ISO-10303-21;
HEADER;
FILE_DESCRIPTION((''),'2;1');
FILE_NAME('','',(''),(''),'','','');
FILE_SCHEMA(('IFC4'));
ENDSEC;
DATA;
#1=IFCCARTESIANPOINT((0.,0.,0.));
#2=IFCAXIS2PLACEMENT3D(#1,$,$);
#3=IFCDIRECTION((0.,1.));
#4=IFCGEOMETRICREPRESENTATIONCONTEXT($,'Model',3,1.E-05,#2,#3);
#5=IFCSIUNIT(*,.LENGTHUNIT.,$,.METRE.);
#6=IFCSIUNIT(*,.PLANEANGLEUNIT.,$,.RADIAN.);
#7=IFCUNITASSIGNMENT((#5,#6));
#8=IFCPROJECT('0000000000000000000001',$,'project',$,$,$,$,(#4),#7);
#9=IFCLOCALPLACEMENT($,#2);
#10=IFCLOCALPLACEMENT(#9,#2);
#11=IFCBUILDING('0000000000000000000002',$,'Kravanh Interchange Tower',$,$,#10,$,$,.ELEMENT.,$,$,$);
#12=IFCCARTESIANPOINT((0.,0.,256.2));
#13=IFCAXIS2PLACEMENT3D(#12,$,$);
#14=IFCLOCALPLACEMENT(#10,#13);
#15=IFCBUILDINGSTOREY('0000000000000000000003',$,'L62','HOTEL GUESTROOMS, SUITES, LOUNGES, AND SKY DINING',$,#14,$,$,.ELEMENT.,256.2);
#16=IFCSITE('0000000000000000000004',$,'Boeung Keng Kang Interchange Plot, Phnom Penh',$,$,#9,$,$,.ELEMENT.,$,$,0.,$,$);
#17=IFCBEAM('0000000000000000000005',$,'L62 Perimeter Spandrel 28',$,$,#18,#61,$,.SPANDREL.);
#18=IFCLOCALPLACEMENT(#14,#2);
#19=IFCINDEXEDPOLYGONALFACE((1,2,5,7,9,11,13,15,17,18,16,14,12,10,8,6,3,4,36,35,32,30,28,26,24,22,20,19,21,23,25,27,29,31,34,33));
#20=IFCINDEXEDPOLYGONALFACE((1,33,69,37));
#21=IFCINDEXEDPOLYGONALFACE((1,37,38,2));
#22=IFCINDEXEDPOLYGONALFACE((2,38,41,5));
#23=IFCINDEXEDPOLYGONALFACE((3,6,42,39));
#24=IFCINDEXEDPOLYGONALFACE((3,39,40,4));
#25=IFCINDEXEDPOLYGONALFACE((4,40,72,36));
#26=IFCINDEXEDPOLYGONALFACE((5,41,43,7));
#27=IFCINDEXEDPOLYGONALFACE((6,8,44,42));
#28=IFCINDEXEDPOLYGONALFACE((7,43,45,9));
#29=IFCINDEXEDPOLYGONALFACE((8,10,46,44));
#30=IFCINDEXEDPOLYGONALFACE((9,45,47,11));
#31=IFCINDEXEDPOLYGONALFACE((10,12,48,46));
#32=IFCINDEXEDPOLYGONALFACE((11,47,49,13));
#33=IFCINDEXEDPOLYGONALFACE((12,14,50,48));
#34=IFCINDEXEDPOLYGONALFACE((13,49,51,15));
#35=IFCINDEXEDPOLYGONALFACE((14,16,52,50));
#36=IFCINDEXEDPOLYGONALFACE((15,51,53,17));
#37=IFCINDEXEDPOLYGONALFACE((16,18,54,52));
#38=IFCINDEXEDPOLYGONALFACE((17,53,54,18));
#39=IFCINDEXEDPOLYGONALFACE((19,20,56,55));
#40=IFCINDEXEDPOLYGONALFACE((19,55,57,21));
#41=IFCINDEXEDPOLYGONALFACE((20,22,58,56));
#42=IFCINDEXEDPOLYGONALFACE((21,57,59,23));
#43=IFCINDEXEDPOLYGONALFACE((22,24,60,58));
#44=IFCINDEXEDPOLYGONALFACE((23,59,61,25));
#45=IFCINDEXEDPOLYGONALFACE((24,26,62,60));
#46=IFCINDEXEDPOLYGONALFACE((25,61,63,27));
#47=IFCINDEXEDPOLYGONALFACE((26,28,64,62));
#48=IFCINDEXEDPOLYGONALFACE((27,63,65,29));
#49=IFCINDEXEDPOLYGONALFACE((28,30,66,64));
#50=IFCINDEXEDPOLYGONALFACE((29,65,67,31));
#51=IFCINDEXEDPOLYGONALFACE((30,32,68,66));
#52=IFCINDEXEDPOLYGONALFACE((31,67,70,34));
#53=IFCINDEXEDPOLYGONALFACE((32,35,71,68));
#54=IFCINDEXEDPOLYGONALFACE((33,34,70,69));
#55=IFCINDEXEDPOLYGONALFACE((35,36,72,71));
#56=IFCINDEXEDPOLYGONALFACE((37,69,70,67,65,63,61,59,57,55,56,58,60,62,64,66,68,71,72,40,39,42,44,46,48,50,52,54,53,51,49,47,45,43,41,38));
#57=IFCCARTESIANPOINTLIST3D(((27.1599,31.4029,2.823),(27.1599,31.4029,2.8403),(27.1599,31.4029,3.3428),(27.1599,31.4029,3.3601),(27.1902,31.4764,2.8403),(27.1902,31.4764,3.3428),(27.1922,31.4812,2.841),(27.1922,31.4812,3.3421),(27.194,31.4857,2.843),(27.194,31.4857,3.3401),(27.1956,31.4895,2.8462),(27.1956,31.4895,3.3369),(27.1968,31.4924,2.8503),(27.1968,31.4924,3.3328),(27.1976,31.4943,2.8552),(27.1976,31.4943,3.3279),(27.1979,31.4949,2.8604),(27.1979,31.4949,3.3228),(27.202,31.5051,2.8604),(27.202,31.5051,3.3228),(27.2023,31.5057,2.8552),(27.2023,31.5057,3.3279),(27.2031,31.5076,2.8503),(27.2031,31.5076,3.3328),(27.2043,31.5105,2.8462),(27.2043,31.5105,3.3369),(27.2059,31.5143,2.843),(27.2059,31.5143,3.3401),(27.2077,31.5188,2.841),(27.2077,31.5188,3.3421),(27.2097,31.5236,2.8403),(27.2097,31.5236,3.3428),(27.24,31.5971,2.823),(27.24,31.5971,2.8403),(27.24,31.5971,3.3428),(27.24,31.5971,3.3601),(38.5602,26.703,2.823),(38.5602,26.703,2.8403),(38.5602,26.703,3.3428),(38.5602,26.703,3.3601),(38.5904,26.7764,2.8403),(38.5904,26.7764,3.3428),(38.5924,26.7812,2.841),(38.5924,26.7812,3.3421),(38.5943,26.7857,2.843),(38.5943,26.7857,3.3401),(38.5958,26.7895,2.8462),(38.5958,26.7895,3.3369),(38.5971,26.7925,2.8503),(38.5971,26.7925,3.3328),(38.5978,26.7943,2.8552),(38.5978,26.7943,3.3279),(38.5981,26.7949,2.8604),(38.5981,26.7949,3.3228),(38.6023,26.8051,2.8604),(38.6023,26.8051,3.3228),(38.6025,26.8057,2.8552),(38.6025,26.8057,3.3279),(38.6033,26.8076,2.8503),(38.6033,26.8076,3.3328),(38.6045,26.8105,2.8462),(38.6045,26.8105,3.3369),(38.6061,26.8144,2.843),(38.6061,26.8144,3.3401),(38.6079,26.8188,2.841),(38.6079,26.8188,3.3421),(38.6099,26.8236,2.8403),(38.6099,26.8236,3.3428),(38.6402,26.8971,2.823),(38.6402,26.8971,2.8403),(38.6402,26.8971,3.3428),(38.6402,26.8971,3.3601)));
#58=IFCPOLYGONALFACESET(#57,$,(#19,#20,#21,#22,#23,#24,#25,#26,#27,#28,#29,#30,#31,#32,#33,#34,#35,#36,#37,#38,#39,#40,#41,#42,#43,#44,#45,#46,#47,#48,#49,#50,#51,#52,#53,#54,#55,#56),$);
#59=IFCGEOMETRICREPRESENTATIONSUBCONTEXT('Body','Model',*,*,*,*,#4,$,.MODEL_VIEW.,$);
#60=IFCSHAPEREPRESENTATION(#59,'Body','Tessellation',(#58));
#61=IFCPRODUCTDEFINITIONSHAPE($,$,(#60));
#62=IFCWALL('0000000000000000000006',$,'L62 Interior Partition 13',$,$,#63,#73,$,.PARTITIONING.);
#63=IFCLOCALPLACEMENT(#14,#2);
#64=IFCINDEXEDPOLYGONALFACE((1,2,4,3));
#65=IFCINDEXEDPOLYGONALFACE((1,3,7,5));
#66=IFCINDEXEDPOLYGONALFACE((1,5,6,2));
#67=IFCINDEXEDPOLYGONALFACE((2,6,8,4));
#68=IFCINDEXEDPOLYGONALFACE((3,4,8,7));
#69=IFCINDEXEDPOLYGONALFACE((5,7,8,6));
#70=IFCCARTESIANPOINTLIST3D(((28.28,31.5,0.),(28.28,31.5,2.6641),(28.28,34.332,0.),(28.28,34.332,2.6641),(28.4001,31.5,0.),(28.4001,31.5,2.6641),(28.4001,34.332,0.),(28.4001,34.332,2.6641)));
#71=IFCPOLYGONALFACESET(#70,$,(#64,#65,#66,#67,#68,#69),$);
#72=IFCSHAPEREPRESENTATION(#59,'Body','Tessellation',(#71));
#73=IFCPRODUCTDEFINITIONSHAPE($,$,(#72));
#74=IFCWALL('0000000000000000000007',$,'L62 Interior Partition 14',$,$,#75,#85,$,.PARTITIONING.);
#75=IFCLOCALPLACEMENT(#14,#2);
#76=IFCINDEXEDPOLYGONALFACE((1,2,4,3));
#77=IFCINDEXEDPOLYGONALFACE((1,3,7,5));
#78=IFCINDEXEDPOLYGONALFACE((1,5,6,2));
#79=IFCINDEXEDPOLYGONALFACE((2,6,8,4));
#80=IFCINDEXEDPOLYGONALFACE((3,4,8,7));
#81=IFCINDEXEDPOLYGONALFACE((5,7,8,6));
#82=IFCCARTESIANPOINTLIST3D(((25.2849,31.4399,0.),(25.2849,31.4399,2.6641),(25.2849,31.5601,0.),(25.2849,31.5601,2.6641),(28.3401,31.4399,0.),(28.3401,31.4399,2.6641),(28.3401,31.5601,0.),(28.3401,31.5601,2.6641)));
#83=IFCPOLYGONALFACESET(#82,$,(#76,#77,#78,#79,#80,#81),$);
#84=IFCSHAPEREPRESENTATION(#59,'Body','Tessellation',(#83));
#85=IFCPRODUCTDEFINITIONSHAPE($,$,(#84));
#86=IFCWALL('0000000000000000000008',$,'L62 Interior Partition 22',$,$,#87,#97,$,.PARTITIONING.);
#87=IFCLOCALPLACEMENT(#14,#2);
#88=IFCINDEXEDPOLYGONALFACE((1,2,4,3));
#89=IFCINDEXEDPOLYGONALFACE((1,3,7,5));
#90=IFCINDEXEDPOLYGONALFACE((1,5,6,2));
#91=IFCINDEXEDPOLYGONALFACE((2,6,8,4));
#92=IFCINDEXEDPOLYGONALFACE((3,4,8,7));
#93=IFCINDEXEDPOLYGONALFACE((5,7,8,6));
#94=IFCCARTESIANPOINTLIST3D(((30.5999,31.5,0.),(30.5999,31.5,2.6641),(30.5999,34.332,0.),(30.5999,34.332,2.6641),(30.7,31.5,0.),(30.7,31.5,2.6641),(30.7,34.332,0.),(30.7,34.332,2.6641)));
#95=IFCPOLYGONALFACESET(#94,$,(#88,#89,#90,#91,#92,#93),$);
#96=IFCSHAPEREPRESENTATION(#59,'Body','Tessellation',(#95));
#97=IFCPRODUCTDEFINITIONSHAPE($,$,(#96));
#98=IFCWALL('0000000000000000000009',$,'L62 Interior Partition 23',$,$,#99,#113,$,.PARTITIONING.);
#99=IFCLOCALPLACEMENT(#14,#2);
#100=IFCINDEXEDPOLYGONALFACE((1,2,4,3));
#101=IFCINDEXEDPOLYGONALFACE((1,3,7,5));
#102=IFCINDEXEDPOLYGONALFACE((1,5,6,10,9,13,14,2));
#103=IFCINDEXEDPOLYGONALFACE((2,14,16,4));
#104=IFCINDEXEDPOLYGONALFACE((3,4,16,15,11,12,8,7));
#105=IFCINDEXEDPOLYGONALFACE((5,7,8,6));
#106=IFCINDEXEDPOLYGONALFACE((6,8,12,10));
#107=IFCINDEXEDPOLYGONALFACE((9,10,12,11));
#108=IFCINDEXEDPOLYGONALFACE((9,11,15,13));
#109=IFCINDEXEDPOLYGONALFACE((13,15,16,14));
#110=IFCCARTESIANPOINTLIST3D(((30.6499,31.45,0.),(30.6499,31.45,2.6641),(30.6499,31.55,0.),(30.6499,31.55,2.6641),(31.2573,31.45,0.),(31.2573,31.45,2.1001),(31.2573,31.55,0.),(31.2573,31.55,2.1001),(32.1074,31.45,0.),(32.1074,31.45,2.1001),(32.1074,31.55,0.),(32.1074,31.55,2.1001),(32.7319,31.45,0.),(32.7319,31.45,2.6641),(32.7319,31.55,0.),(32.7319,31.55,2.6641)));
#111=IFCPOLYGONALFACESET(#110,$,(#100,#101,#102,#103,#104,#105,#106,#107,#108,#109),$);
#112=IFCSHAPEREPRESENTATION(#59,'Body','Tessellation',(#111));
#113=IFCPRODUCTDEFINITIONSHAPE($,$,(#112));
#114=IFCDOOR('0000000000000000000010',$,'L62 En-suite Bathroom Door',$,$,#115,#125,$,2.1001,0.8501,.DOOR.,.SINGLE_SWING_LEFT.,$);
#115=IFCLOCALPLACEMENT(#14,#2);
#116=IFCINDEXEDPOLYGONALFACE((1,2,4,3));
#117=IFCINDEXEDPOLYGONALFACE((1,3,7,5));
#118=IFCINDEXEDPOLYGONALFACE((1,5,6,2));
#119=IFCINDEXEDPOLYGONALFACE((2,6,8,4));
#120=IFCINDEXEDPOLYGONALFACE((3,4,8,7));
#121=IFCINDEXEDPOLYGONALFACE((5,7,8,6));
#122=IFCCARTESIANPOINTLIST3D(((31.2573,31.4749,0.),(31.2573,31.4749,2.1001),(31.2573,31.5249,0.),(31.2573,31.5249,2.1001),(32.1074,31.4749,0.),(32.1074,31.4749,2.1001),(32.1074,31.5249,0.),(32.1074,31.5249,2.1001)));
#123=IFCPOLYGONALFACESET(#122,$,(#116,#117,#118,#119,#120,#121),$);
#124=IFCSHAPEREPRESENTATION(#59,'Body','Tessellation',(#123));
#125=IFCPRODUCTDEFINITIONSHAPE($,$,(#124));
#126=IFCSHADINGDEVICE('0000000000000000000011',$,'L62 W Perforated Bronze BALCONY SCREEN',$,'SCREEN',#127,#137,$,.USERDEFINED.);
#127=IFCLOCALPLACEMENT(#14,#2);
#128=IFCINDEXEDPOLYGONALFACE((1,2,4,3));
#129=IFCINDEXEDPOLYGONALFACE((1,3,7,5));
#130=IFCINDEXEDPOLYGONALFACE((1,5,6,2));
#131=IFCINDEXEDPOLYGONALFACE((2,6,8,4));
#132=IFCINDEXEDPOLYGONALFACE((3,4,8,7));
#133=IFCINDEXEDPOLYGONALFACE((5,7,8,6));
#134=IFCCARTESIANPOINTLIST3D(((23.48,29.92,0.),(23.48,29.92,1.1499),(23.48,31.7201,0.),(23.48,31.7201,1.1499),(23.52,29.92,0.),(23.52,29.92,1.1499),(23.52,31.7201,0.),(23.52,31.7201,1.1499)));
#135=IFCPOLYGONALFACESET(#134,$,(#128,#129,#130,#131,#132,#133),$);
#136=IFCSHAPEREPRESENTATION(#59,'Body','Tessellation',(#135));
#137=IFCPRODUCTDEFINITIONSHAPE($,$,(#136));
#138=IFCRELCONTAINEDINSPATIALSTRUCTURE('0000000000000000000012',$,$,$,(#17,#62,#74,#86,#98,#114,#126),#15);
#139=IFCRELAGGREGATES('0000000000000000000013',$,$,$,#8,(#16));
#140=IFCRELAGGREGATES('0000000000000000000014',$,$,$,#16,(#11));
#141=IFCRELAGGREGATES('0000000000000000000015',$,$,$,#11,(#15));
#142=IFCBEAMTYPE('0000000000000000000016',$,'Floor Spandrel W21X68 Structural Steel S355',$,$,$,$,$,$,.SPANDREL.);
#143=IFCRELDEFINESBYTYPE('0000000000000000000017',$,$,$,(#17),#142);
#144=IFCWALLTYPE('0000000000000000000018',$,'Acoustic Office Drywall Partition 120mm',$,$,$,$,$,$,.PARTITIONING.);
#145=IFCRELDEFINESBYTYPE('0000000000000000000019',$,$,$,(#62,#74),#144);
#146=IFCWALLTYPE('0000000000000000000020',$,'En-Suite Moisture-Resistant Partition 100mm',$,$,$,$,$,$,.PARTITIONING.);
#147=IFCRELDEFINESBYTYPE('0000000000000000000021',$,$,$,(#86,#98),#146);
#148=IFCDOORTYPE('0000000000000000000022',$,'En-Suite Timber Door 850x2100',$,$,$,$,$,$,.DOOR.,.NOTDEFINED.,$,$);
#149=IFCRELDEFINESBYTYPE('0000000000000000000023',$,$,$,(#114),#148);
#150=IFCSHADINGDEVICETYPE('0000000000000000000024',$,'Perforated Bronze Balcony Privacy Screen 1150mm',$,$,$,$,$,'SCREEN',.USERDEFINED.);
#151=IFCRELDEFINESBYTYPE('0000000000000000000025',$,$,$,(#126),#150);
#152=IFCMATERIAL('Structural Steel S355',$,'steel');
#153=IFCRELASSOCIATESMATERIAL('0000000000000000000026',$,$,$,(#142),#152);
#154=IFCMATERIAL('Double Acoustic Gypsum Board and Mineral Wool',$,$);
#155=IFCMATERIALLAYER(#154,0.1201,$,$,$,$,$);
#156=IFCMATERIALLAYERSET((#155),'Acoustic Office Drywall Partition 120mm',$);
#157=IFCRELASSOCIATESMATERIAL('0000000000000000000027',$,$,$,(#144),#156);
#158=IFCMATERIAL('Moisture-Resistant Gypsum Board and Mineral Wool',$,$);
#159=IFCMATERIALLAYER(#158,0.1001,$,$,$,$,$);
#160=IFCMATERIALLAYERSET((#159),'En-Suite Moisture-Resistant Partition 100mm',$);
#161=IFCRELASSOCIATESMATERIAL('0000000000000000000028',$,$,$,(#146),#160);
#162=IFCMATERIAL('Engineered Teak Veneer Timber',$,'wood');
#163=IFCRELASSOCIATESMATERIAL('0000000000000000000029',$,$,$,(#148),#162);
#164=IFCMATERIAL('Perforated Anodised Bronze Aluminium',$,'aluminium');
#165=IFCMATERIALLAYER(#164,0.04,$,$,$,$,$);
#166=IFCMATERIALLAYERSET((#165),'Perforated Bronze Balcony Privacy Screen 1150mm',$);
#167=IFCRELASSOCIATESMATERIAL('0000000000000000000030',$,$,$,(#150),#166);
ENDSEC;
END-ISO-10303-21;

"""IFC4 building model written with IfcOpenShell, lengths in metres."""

from ifc_helpers import new_model, si_unit, direction, frame, frame_2d, origin, origin_2d, place, context, subcontext, project, spatial, rectangle, i_section, extrude, material, layer, layer_set, material_profile, profile_set, type_object, element, fill, save


model = new_model("IFC4")

# Units and contexts
model_context = context("Model", 3, precision=1e-05, world=origin(), true_north=direction((0.0, 1.0)))
body_context = subcontext(model_context, "Body", "Model", "MODEL_VIEW")
ifc_project = project(units=[si_unit("LENGTHUNIT", "METRE"), si_unit("PLANEANGLEUNIT", "RADIAN")], contexts=[model_context])

# Site, building, storey
site_placement = place(None, origin())
site = spatial("IfcSite", under=ifc_project, at=site_placement, Name="Boeung Keng Kang Interchange Plot, Phnom Penh", CompositionType="ELEMENT", RefElevation=0.0)
building_placement = place(site_placement, origin())
building = spatial("IfcBuilding", under=site, at=building_placement, Name="Kravanh Interchange Tower", CompositionType="ELEMENT")
storey_placement = place(building_placement, frame((0.0, 0.0, 256.2)))
storey = spatial("IfcBuildingStorey", under=building, at=storey_placement, Name="L62", Description="HOTEL GUESTROOMS, SUITES, LOUNGES, AND SKY DINING", CompositionType="ELEMENT", Elevation=256.2)

# Beam
ifc_material_1 = material(Name="Structural Steel S355", Category="steel")
ifc_material_profile_1 = material_profile(ifc_material_1, i_section(OverallWidth=0.21, OverallDepth=0.5371, WebThickness=0.011, FlangeThickness=0.0173, FilletRadius=0.02, at=origin_2d()), Name="W21X68")
ifc_profile_set_1 = profile_set([ifc_material_profile_1], Name="Structural Steel S355")
beam_type_1 = type_object("IfcBeamType", Name="Floor Spandrel W21X68 Structural Steel S355", PredefinedType="SPANDREL", material=ifc_profile_set_1)
beam_1_placement = place(storey_placement, frame((27.2, 31.5, 3.0916), z_axis=(0.924513, -0.38115, 0.0), x_axis=(0.38115, 0.924513, 0.0)))
element("IfcBeam", 1, at=beam_1_placement, inside=storey, type_object=beam_type_1, Name="L62 Perimeter Spandrel 28", PredefinedType="SPANDREL", context=body_context, shape_type="SweptSolid", body=[
    extrude(i_section(OverallWidth=0.21, OverallDepth=0.5371, WebThickness=0.011, FlangeThickness=0.0173, FilletRadius=0.02, at=origin_2d()), origin(), (0.0, 0.0, 1.0), 12.3311),
])

# Walls
ifc_material_2 = material(Name="Double Acoustic Gypsum Board and Mineral Wool")
ifc_layer_1 = layer(ifc_material_2, 0.1201)
ifc_layer_set_1 = layer_set([ifc_layer_1], Name="Acoustic Office Drywall Partition 120mm")
wall_type_1 = type_object("IfcWallType", Name="Acoustic Office Drywall Partition 120mm", PredefinedType="PARTITIONING", material=ifc_layer_set_1)
wall_1_placement = place(storey_placement, frame((28.3401, 31.5, 0.0), z_axis=(0.0, 0.0, 1.0), x_axis=(0.0, 1.0, 0.0)))
element("IfcWall", 2, at=wall_1_placement, inside=storey, type_object=wall_type_1, Name="L62 Interior Partition 13", PredefinedType="PARTITIONING", context=body_context, shape_type="SweptSolid", body=[
    extrude(rectangle(XDim=2.832, YDim=0.1201, at=frame_2d((1.416, 0.0))), origin(), (0.0, 0.0, 1.0), 2.6641),
])
wall_2_placement = place(storey_placement, frame((25.2849, 31.5, 0.0), z_axis=(0.0, 0.0, 1.0), x_axis=(1.0, 0.0, 0.0)))
element("IfcWall", 3, at=wall_2_placement, inside=storey, type_object=wall_type_1, Name="L62 Interior Partition 14", PredefinedType="PARTITIONING", context=body_context, shape_type="SweptSolid", body=[
    extrude(rectangle(XDim=3.0552, YDim=0.1201, at=frame_2d((1.5276, 0.0))), origin(), (0.0, 0.0, 1.0), 2.6641),
])
ifc_material_3 = material(Name="Moisture-Resistant Gypsum Board and Mineral Wool")
ifc_layer_2 = layer(ifc_material_3, 0.1001)
ifc_layer_set_2 = layer_set([ifc_layer_2], Name="En-Suite Moisture-Resistant Partition 100mm")
wall_type_2 = type_object("IfcWallType", Name="En-Suite Moisture-Resistant Partition 100mm", PredefinedType="PARTITIONING", material=ifc_layer_set_2)
wall_3_placement = place(storey_placement, frame((30.6499, 31.5, 0.0), z_axis=(0.0, 0.0, 1.0), x_axis=(0.0, 1.0, 0.0)))
element("IfcWall", 4, at=wall_3_placement, inside=storey, type_object=wall_type_2, Name="L62 Interior Partition 22", PredefinedType="PARTITIONING", context=body_context, shape_type="SweptSolid", body=[
    extrude(rectangle(XDim=2.832, YDim=0.1001, at=frame_2d((1.416, 0.0))), origin(), (0.0, 0.0, 1.0), 2.6641),
])

# Wall, opening, door
wall_4_placement = place(storey_placement, frame((30.6499, 31.5, 0.0), z_axis=(0.0, 0.0, 1.0), x_axis=(1.0, 0.0, 0.0)))
wall_4 = element("IfcWall", 5, at=wall_4_placement, inside=storey, type_object=wall_type_2, Name="L62 Interior Partition 23", PredefinedType="PARTITIONING", context=body_context, shape_type="SweptSolid", body=[
    extrude(rectangle(XDim=2.082, YDim=0.1001, at=frame_2d((1.041, 0.0))), origin(), (0.0, 0.0, 1.0), 2.6641),
])
opening_placement = place(wall_4_placement, frame((0.6074, 0.0, 0.0)))
opening = element("IfcOpeningElement", 6, at=opening_placement, cuts=wall_4, PredefinedType="OPENING", context=body_context, shape_type="SweptSolid", body=[
    extrude(rectangle(XDim=0.8501, YDim=2.1001, at=frame_2d((0.425, 1.05))), frame((0.0, 0.0601, 0.0), z_axis=(0.0, -1.0, 0.0), x_axis=(1.0, 0.0, 0.0)), (0.0, 0.0, 1.0), 0.1201),
])
ifc_material_4 = material(Name="Engineered Teak Veneer Timber", Category="wood")
door_type = type_object("IfcDoorType", Name="En-Suite Timber Door 850x2100", OperationType="NOTDEFINED", PredefinedType="DOOR", material=ifc_material_4)
door_placement = place(opening_placement, origin())
door = element("IfcDoor", 7, at=door_placement, inside=storey, type_object=door_type, Name="L62 En-suite Bathroom Door", OperationType="SINGLE_SWING_LEFT", OverallHeight=2.1001, OverallWidth=0.8501, PredefinedType="DOOR", context=body_context, shape_type="SweptSolid", body=[
    extrude(rectangle(XDim=0.8501, YDim=2.1001, at=frame_2d((0.425, 1.05))), frame((0.0, 0.0249, 0.0), z_axis=(0.0, -1.0, 0.0), x_axis=(1.0, 0.0, 0.0)), (0.0, 0.0, 1.0), 0.05),
])
fill(opening, door)

# Shading device
ifc_material_5 = material(Name="Perforated Anodised Bronze Aluminium", Category="aluminium")
ifc_layer_3 = layer(ifc_material_5, 0.04)
ifc_layer_set_3 = layer_set([ifc_layer_3], Name="Perforated Bronze Balcony Privacy Screen 1150mm")
shading_device_type = type_object("IfcShadingDeviceType", Name="Perforated Bronze Balcony Privacy Screen 1150mm", ElementType="SCREEN", PredefinedType="USERDEFINED", material=ifc_layer_set_3)
shading_device_placement = place(storey_placement, frame((23.5, 30.8201, 0.0), z_axis=(0.0, 0.0, 1.0), x_axis=(1.0, 0.0, 0.0)))
element("IfcShadingDevice", 8, at=shading_device_placement, inside=storey, type_object=shading_device_type, Name="L62 W Perforated Bronze BALCONY SCREEN", ObjectType="SCREEN", PredefinedType="USERDEFINED", context=body_context, shape_type="SweptSolid", body=[
    extrude(rectangle(XDim=0.04, YDim=1.8, at=origin_2d()), origin(), (0.0, 0.0, 1.0), 1.1499),
])

save(model, "model.ifc")
